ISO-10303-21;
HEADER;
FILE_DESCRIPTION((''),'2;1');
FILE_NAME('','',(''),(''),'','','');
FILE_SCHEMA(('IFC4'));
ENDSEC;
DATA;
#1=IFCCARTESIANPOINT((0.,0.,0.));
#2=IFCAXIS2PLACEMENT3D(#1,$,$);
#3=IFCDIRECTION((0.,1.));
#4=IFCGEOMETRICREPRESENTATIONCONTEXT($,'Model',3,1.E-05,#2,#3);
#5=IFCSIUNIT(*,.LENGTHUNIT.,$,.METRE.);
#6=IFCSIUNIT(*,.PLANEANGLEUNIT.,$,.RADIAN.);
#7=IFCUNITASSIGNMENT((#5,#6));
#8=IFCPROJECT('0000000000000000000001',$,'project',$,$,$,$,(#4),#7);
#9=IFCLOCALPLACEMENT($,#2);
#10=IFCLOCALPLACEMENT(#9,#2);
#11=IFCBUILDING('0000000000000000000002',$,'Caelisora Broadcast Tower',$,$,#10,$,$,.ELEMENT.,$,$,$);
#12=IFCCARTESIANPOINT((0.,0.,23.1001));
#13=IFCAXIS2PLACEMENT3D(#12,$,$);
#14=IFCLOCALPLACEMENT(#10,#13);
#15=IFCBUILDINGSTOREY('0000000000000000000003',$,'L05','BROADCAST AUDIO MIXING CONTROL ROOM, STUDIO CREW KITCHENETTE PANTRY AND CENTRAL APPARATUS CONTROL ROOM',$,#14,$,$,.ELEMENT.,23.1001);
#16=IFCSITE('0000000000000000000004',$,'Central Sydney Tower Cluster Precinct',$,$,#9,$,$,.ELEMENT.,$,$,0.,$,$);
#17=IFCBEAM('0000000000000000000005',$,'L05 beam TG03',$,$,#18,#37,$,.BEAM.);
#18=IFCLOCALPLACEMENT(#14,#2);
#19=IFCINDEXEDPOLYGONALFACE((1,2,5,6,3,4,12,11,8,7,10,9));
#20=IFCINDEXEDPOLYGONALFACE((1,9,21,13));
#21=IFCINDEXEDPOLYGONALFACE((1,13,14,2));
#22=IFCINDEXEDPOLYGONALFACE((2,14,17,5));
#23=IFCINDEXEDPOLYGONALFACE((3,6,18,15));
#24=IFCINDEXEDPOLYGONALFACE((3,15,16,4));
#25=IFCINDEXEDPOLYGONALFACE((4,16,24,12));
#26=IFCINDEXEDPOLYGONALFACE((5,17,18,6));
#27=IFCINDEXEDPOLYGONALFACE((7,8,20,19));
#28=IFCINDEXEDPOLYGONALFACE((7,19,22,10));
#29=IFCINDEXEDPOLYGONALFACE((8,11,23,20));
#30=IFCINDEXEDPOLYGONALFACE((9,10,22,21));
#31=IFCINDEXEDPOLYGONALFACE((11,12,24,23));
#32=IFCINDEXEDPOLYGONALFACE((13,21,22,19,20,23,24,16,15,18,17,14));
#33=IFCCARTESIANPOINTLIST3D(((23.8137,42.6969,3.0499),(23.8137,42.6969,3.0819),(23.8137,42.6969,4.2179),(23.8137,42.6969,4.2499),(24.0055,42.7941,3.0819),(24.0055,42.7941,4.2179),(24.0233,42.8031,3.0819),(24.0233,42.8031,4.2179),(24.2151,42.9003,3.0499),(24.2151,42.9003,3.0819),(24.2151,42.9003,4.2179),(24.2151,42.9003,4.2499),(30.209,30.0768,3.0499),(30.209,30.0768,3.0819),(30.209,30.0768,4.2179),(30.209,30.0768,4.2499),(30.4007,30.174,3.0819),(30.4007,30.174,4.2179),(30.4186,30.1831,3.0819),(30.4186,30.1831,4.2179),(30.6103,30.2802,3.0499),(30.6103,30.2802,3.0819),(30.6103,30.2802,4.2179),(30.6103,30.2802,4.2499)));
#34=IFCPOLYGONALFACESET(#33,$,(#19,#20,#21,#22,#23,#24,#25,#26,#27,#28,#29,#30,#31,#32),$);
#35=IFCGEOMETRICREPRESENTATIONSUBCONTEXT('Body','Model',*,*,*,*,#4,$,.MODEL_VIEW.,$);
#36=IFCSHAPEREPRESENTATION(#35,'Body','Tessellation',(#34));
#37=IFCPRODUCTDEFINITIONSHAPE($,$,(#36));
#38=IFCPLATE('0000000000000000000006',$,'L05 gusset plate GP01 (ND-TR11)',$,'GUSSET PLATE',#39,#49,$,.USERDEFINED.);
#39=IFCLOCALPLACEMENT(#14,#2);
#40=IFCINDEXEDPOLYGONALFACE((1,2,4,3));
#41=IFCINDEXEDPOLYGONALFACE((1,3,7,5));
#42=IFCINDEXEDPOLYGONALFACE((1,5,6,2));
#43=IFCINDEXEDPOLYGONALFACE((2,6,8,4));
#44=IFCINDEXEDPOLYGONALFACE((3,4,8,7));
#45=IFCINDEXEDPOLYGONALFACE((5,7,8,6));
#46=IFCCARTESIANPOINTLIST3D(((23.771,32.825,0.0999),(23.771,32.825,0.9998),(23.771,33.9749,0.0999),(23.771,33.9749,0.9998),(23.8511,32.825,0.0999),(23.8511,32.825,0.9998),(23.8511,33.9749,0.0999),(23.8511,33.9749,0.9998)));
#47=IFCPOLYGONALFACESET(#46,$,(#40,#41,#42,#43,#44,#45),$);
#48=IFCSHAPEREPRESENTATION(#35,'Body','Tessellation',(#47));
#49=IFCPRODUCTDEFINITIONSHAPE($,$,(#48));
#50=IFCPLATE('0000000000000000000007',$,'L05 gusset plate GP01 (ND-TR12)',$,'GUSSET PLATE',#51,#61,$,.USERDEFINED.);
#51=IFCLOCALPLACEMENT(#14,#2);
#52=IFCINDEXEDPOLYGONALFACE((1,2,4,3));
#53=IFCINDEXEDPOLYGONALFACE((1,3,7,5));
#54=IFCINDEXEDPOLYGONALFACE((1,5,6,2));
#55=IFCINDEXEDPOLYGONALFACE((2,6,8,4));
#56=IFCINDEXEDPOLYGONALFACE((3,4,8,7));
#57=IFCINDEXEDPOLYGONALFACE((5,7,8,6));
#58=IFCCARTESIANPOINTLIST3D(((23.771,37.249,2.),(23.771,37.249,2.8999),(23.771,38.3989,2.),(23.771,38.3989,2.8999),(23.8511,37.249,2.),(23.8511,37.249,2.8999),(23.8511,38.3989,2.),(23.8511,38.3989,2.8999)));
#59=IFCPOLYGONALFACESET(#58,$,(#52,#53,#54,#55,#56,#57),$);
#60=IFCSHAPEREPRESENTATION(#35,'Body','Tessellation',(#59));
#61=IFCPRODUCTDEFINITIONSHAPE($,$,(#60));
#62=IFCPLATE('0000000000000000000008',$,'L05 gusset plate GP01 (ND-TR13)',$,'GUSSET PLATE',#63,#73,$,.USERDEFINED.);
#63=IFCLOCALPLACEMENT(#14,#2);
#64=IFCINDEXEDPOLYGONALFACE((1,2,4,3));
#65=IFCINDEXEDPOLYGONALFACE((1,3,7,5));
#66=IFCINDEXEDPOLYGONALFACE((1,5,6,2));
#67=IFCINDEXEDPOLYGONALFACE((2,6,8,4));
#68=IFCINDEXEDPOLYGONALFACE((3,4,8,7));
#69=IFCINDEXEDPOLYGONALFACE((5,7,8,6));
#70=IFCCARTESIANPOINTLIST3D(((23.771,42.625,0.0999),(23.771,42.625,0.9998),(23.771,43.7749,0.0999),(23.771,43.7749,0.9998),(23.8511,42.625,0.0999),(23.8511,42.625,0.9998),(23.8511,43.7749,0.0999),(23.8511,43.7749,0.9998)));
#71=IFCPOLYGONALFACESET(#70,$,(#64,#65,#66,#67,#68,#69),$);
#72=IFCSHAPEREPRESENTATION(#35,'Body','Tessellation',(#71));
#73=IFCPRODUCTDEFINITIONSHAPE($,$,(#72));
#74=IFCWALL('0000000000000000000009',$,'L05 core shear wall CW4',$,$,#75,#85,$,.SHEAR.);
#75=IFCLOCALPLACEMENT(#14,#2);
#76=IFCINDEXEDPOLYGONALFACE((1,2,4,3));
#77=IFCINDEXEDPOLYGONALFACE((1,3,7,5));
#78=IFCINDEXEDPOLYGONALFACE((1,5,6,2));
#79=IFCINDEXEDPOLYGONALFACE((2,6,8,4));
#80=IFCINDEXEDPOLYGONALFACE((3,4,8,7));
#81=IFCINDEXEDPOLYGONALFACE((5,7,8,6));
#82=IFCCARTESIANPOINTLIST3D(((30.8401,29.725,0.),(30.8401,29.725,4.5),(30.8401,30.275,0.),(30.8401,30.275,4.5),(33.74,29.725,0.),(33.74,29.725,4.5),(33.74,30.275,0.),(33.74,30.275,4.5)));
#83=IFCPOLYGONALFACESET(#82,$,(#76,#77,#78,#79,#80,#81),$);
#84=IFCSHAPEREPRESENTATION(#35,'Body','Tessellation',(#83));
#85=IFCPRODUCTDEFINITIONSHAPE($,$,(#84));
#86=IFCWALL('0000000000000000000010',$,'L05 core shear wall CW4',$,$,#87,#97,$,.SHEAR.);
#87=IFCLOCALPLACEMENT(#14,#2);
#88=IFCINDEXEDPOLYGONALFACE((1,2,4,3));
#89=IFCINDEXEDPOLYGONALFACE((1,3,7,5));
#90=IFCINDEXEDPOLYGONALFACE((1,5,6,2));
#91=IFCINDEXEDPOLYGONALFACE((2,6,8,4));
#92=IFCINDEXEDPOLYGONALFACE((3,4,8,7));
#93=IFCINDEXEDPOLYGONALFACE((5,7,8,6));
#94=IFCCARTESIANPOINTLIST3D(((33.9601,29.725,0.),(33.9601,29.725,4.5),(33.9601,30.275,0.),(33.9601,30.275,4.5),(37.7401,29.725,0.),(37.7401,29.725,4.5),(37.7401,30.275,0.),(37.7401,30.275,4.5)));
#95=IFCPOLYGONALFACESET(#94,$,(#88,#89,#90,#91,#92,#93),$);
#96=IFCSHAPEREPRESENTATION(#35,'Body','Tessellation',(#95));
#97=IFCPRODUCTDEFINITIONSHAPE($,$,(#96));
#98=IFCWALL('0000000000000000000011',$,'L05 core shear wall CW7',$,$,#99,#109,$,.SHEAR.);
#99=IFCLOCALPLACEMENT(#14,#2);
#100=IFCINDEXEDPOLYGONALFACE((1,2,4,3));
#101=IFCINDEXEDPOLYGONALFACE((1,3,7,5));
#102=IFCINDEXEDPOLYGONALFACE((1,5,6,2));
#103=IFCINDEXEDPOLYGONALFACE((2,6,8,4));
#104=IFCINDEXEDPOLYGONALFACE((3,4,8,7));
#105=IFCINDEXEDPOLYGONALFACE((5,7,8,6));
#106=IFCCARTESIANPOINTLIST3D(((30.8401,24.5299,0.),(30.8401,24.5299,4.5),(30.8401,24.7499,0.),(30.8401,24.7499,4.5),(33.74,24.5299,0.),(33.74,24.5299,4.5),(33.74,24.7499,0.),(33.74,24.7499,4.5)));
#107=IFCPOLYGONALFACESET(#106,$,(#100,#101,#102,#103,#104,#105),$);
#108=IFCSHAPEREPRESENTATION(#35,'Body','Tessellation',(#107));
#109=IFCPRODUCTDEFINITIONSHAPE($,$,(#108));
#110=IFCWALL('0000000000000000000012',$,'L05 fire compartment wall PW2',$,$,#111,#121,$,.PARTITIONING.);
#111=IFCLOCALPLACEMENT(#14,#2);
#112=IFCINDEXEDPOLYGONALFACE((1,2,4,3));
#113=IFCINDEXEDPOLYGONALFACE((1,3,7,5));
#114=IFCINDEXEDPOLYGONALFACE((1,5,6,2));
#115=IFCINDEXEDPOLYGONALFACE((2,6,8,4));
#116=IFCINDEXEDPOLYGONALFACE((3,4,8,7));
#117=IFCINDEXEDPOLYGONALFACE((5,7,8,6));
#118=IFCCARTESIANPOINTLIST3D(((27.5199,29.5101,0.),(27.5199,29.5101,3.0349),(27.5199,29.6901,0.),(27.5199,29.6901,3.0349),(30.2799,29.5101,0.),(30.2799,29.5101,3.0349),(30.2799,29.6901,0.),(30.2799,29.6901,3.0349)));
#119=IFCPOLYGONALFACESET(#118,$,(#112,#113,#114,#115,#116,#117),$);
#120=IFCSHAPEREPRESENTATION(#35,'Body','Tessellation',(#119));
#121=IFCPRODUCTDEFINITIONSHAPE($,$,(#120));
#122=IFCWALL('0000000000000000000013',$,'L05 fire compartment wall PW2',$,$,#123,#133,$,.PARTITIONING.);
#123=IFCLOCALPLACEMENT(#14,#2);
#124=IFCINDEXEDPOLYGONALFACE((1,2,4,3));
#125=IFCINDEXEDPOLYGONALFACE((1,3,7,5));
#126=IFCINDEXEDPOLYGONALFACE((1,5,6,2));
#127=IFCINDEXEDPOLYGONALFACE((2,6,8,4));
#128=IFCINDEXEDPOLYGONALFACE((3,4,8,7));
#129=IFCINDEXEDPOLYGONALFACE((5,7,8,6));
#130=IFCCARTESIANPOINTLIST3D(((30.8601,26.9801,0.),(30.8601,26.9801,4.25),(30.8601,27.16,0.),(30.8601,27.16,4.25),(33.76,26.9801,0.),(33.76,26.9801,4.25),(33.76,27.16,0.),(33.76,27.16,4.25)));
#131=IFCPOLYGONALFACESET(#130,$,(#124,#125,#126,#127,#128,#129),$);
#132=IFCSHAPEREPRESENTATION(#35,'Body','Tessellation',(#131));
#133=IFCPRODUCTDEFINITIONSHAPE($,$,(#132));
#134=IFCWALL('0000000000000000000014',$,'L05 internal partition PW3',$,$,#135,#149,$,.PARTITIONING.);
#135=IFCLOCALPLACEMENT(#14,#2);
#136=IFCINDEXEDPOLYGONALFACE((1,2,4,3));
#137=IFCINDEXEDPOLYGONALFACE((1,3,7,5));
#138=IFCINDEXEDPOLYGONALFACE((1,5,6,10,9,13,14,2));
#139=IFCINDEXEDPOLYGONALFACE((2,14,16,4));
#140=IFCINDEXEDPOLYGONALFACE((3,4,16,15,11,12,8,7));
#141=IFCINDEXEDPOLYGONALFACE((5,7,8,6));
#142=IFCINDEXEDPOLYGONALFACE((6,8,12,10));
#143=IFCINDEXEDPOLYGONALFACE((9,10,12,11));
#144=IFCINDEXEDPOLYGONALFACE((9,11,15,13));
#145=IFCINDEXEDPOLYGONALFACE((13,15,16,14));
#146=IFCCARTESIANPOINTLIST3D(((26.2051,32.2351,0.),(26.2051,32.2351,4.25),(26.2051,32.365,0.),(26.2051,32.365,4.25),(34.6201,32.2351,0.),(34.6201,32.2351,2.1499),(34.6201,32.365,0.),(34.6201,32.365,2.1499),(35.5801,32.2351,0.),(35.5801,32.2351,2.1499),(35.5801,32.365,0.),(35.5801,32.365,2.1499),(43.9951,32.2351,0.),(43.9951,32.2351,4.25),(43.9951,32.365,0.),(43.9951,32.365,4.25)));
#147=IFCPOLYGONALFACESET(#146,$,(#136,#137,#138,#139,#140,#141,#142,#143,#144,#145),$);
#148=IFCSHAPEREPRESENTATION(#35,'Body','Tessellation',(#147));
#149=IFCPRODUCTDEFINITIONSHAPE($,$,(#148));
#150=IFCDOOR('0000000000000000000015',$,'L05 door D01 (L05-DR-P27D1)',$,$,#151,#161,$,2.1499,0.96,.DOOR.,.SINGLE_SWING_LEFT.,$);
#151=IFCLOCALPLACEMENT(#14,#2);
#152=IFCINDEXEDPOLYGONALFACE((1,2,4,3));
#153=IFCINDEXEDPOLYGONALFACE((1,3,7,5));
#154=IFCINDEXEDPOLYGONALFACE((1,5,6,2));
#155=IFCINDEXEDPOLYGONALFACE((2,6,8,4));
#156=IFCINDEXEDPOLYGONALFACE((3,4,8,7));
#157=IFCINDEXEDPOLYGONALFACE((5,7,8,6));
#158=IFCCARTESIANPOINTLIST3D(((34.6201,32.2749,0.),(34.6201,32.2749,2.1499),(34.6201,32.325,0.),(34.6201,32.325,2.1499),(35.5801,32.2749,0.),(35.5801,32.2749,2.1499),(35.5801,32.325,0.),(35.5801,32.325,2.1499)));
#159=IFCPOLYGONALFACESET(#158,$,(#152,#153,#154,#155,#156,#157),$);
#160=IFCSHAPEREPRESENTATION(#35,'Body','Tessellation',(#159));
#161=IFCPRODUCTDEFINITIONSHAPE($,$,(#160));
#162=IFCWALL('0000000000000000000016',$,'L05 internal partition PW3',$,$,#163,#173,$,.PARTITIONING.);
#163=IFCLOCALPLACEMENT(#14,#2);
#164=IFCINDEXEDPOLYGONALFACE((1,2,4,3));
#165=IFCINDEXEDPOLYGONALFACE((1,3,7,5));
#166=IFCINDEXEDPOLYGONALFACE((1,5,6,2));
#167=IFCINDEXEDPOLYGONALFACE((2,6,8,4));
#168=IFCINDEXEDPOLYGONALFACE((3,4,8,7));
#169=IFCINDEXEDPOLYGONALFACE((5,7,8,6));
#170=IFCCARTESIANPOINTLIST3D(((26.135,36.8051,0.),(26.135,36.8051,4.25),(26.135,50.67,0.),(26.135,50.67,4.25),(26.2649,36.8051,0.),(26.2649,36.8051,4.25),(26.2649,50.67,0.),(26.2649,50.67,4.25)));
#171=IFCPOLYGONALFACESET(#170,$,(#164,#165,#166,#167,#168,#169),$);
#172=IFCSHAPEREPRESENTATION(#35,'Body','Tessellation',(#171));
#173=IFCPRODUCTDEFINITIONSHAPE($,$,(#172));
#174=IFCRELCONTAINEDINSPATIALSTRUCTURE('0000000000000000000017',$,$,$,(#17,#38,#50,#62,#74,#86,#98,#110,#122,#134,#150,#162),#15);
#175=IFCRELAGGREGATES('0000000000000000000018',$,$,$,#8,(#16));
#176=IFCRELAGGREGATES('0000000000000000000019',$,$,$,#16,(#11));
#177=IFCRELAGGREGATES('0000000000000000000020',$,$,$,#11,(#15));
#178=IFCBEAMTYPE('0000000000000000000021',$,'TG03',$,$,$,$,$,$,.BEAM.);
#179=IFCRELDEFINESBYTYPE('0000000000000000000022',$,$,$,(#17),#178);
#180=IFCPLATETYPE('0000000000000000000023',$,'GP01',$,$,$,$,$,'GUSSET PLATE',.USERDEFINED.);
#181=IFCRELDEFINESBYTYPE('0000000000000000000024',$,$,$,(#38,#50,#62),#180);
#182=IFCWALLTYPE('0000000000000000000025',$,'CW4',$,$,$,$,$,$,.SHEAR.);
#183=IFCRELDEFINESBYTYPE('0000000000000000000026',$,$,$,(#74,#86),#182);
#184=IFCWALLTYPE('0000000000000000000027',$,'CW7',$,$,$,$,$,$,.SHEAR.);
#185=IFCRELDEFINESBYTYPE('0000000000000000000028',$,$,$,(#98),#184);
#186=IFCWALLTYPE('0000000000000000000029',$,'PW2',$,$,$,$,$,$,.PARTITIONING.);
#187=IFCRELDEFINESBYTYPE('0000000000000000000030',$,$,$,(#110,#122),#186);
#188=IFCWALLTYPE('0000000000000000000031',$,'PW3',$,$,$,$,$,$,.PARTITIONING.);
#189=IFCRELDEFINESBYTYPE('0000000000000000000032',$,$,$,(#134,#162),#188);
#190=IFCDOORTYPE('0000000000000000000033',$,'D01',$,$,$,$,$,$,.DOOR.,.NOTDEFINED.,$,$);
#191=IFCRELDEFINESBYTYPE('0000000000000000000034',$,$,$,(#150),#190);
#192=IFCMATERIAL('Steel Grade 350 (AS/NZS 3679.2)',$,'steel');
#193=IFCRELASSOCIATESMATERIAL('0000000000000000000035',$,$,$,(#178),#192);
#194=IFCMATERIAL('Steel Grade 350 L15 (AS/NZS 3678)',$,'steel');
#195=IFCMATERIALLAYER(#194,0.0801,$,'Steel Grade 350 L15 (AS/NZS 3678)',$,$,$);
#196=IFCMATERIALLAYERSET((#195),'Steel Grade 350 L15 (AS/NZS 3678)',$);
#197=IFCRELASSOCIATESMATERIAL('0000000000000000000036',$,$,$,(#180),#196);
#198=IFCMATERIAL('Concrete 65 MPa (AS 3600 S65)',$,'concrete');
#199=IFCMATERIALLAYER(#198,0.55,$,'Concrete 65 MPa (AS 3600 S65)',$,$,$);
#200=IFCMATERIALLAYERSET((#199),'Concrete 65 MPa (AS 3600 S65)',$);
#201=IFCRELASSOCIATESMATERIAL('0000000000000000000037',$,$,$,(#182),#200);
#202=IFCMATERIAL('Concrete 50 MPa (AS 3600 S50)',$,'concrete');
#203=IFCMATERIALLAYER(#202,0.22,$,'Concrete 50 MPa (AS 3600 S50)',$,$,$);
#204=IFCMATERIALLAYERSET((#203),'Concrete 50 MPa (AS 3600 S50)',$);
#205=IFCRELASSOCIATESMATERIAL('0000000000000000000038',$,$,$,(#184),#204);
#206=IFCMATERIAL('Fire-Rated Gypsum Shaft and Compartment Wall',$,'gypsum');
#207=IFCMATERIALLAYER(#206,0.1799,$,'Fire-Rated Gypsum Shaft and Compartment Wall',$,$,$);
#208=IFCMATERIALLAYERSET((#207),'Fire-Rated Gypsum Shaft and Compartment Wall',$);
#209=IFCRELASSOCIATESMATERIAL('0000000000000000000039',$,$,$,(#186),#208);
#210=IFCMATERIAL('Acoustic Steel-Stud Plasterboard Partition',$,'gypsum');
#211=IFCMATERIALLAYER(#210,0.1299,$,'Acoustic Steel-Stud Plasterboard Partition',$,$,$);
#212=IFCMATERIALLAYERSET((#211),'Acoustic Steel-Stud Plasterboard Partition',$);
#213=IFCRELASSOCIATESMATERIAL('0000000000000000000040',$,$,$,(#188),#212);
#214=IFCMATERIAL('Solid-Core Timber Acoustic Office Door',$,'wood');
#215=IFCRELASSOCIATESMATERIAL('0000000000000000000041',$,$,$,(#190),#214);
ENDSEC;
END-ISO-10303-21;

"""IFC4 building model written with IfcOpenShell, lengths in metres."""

from ifc_helpers import new_model, si_unit, direction, frame, frame_2d, origin, origin_2d, place, context, subcontext, project, spatial, rectangle, i_section, extrude, source, transform, mapped, material, layer, layer_set, material_profile, profile_set, type_object, type_shapes, element, fill, save


model = new_model("IFC4")

# Units and contexts
model_context = context("Model", 3, precision=1e-05, world=origin(), true_north=direction((0.0, 1.0)))
body_context = subcontext(model_context, "Body", "Model", "MODEL_VIEW")
ifc_project = project(units=[si_unit("LENGTHUNIT", "METRE"), si_unit("PLANEANGLEUNIT", "RADIAN")], contexts=[model_context])

# Site, building, storey
site_placement = place(None, origin())
site = spatial("IfcSite", under=ifc_project, at=site_placement, Name="Central Sydney Tower Cluster Precinct", CompositionType="ELEMENT", RefElevation=0.0)
building_placement = place(site_placement, origin())
building = spatial("IfcBuilding", under=site, at=building_placement, Name="Caelisora Broadcast Tower", CompositionType="ELEMENT")
storey_placement = place(building_placement, frame((0.0, 0.0, 23.1001)))
storey = spatial("IfcBuildingStorey", under=building, at=storey_placement, Name="L05", Description="BROADCAST AUDIO MIXING CONTROL ROOM, STUDIO CREW KITCHENETTE PANTRY AND CENTRAL APPARATUS CONTROL ROOM", CompositionType="ELEMENT", Elevation=23.1001)

# Shared definitions
ifc_material_1 = material(Name="Steel Grade 350 (AS/NZS 3679.2)", Category="steel")
ifc_material_2 = material(Name="Steel Grade 350 L15 (AS/NZS 3678)", Category="steel")

# Beam
ifc_material_profile_1 = material_profile(ifc_material_1, i_section(OverallWidth=0.45, OverallDepth=1.2, WebThickness=0.02, FlangeThickness=0.032, at=origin_2d()), Name="Steel Grade 350 (AS/NZS 3679.2)")
ifc_profile_set_1 = profile_set([ifc_material_profile_1], Name="Steel Grade 350 (AS/NZS 3679.2)")
beam_type_1 = type_object("IfcBeamType", Name="TG03", PredefinedType="BEAM", material=ifc_profile_set_1)
shared_shape_1 = source(origin(), body_context, "Body", "SweptSolid", [
    extrude(i_section(OverallWidth=0.45, OverallDepth=1.2, WebThickness=0.02, FlangeThickness=0.032, at=origin_2d()), origin(), (0.0, 0.0, 1.0), 14.1479),
])
type_shapes(beam_type_1, [shared_shape_1])
beam_1_placement = place(storey_placement, frame((24.0144, 42.7986, 3.6499), z_axis=(0.452025, -0.892005, 0.0), x_axis=(0.892005, 0.452025, 0.0)))
element("IfcBeam", 1, at=beam_1_placement, inside=storey, type_object=beam_type_1, Name="L05 beam TG03", PredefinedType="BEAM", context=body_context, shape_type="MappedRepresentation", body=[
    mapped(shared_shape_1, transform((0.0, 0.0, 0.0), scale=1.0)),
])

# Plates
ifc_layer_1 = layer(ifc_material_2, 0.0801, Name="Steel Grade 350 L15 (AS/NZS 3678)")
ifc_layer_set_1 = layer_set([ifc_layer_1], Name="Steel Grade 350 L15 (AS/NZS 3678)")
plate_type = type_object("IfcPlateType", Name="GP01", ElementType="GUSSET PLATE", PredefinedType="USERDEFINED", material=ifc_layer_set_1)
shared_shape_2 = source(origin(), body_context, "Body", "SweptSolid", [
    extrude(rectangle(XDim=1.1499, YDim=0.0801, at=origin_2d()), origin(), (0.0, 0.0, 1.0), 0.8999),
])
type_shapes(plate_type, [shared_shape_2])
for number, where, z_axis, x_axis, name in (
    (2, (23.811, 33.3999, 0.0999), (0.0, 0.0, 1.0), (0.0, 1.0, 0.0), "L05 gusset plate GP01 (ND-TR11)"),
    (3, (23.811, 37.824, 2.0), (0.0, 0.0, 1.0), (0.0, 1.0, 0.0), "L05 gusset plate GP01 (ND-TR12)"),
    (4, (23.811, 43.2, 0.0999), (0.0, 0.0, 1.0), (0.0, 1.0, 0.0), "L05 gusset plate GP01 (ND-TR13)"),
):
    element("IfcPlate", number, at=place(storey_placement, frame(where, z_axis=z_axis, x_axis=x_axis)), inside=storey, type_object=plate_type, Name=name, ObjectType="GUSSET PLATE", PredefinedType="USERDEFINED", context=body_context, shape_type="MappedRepresentation", body=[
        mapped(shared_shape_2, transform((0.0, 0.0, 0.0), scale=1.0)),
    ])

# Walls
ifc_material_3 = material(Name="Concrete 65 MPa (AS 3600 S65)", Category="concrete")
ifc_layer_2 = layer(ifc_material_3, 0.55, Name="Concrete 65 MPa (AS 3600 S65)")
ifc_layer_set_2 = layer_set([ifc_layer_2], Name="Concrete 65 MPa (AS 3600 S65)")
wall_type_1 = type_object("IfcWallType", Name="CW4", PredefinedType="SHEAR", material=ifc_layer_set_2)
wall_1_placement = place(storey_placement, frame((30.8401, 30.0, 0.0), z_axis=(0.0, 0.0, 1.0), x_axis=(1.0, 0.0, 0.0)))
element("IfcWall", 5, at=wall_1_placement, inside=storey, type_object=wall_type_1, Name="L05 core shear wall CW4", PredefinedType="SHEAR", context=body_context, shape_type="SweptSolid", body=[
    extrude(rectangle(XDim=2.8999, YDim=0.55, at=frame_2d((1.45, 0.0))), origin(), (0.0, 0.0, 1.0), 4.5),
])
wall_2_placement = place(storey_placement, frame((33.96, 30.0, 0.0), z_axis=(0.0, 0.0, 1.0), x_axis=(1.0, 0.0, 0.0)))
element("IfcWall", 6, at=wall_2_placement, inside=storey, type_object=wall_type_1, Name="L05 core shear wall CW4", PredefinedType="SHEAR", context=body_context, shape_type="SweptSolid", body=[
    extrude(rectangle(XDim=3.78, YDim=0.55, at=frame_2d((1.8901, 0.0))), origin(), (0.0, 0.0, 1.0), 4.5),
])
ifc_material_4 = material(Name="Concrete 50 MPa (AS 3600 S50)", Category="concrete")
ifc_layer_3 = layer(ifc_material_4, 0.22, Name="Concrete 50 MPa (AS 3600 S50)")
ifc_layer_set_3 = layer_set([ifc_layer_3], Name="Concrete 50 MPa (AS 3600 S50)")
wall_type_2 = type_object("IfcWallType", Name="CW7", PredefinedType="SHEAR", material=ifc_layer_set_3)
wall_3_placement = place(storey_placement, frame((30.8401, 24.6399, 0.0), z_axis=(0.0, 0.0, 1.0), x_axis=(1.0, 0.0, 0.0)))
element("IfcWall", 7, at=wall_3_placement, inside=storey, type_object=wall_type_2, Name="L05 core shear wall CW7", PredefinedType="SHEAR", context=body_context, shape_type="SweptSolid", body=[
    extrude(rectangle(XDim=2.8999, YDim=0.22, at=frame_2d((1.45, 0.0))), origin(), (0.0, 0.0, 1.0), 4.5),
])
ifc_material_5 = material(Name="Fire-Rated Gypsum Shaft and Compartment Wall", Category="gypsum")
ifc_layer_4 = layer(ifc_material_5, 0.1799, Name="Fire-Rated Gypsum Shaft and Compartment Wall")
ifc_layer_set_4 = layer_set([ifc_layer_4], Name="Fire-Rated Gypsum Shaft and Compartment Wall")
wall_type_3 = type_object("IfcWallType", Name="PW2", PredefinedType="PARTITIONING", material=ifc_layer_set_4)
wall_4_placement = place(storey_placement, frame((27.52, 29.6001, 0.0), z_axis=(0.0, 0.0, 1.0), x_axis=(1.0, 0.0, 0.0)))
element("IfcWall", 8, at=wall_4_placement, inside=storey, type_object=wall_type_3, Name="L05 fire compartment wall PW2", PredefinedType="PARTITIONING", context=body_context, shape_type="SweptSolid", body=[
    extrude(rectangle(XDim=2.76, YDim=0.1799, at=frame_2d((1.3799, 0.0))), origin(), (0.0, 0.0, 1.0), 3.0349),
])
wall_5_placement = place(storey_placement, frame((30.8601, 27.0701, 0.0), z_axis=(0.0, 0.0, 1.0), x_axis=(1.0, 0.0, 0.0)))
element("IfcWall", 9, at=wall_5_placement, inside=storey, type_object=wall_type_3, Name="L05 fire compartment wall PW2", PredefinedType="PARTITIONING", context=body_context, shape_type="SweptSolid", body=[
    extrude(rectangle(XDim=2.8999, YDim=0.1799, at=frame_2d((1.45, 0.0))), origin(), (0.0, 0.0, 1.0), 4.25),
])

# Wall, opening, door
ifc_material_6 = material(Name="Acoustic Steel-Stud Plasterboard Partition", Category="gypsum")
ifc_layer_5 = layer(ifc_material_6, 0.1299, Name="Acoustic Steel-Stud Plasterboard Partition")
ifc_layer_set_5 = layer_set([ifc_layer_5], Name="Acoustic Steel-Stud Plasterboard Partition")
wall_type_4 = type_object("IfcWallType", Name="PW3", PredefinedType="PARTITIONING", material=ifc_layer_set_5)
wall_6_placement = place(storey_placement, frame((26.2051, 32.3, 0.0), z_axis=(0.0, 0.0, 1.0), x_axis=(1.0, 0.0, 0.0)))
wall_6 = element("IfcWall", 10, at=wall_6_placement, inside=storey, type_object=wall_type_4, Name="L05 internal partition PW3", PredefinedType="PARTITIONING", context=body_context, shape_type="SweptSolid", body=[
    extrude(rectangle(XDim=17.79, YDim=0.1299, at=frame_2d((8.895, 0.0))), origin(), (0.0, 0.0, 1.0), 4.25),
])
opening_1_placement = place(wall_6_placement, frame((8.415, 0.0, 0.0)))
opening_1 = element("IfcOpeningElement", 11, at=opening_1_placement, cuts=wall_6, PredefinedType="OPENING", context=body_context, shape_type="SweptSolid", body=[
    extrude(rectangle(XDim=0.96, YDim=2.1499, at=frame_2d((0.48, 1.075))), frame((0.0, 0.0769, 0.0), z_axis=(0.0, -1.0, 0.0), x_axis=(1.0, 0.0, 0.0)), (0.0, 0.0, 1.0), 0.1538),
])
ifc_material_7 = material(Name="Solid-Core Timber Acoustic Office Door", Category="wood")
door_type = type_object("IfcDoorType", Name="D01", OperationType="NOTDEFINED", PredefinedType="DOOR", material=ifc_material_7)
door_1_placement = place(opening_1_placement, origin())
door_1 = element("IfcDoor", 12, at=door_1_placement, inside=storey, type_object=door_type, Name="L05 door D01 (L05-DR-P27D1)", OperationType="SINGLE_SWING_LEFT", OverallHeight=2.1499, OverallWidth=0.96, PredefinedType="DOOR", context=body_context, shape_type="SweptSolid", body=[
    extrude(rectangle(XDim=0.96, YDim=2.1499, at=frame_2d((0.48, 1.075))), frame((0.0, 0.0249, 0.0), z_axis=(0.0, -1.0, 0.0), x_axis=(1.0, 0.0, 0.0)), (0.0, 0.0, 1.0), 0.05),
])
fill(opening_1, door_1)

# Wall
wall_7_placement = place(storey_placement, frame((26.2, 36.8049, 0.0), z_axis=(0.0, 0.0, 1.0), x_axis=(0.0, 1.0, 0.0)))
element("IfcWall", 13, at=wall_7_placement, inside=storey, type_object=wall_type_4, Name="L05 internal partition PW3", PredefinedType="PARTITIONING", context=body_context, shape_type="SweptSolid", body=[
    extrude(rectangle(XDim=13.865, YDim=0.1299, at=frame_2d((6.9326, 0.0))), origin(), (0.0, 0.0, 1.0), 4.25),
])

save(model, "model.ifc")
